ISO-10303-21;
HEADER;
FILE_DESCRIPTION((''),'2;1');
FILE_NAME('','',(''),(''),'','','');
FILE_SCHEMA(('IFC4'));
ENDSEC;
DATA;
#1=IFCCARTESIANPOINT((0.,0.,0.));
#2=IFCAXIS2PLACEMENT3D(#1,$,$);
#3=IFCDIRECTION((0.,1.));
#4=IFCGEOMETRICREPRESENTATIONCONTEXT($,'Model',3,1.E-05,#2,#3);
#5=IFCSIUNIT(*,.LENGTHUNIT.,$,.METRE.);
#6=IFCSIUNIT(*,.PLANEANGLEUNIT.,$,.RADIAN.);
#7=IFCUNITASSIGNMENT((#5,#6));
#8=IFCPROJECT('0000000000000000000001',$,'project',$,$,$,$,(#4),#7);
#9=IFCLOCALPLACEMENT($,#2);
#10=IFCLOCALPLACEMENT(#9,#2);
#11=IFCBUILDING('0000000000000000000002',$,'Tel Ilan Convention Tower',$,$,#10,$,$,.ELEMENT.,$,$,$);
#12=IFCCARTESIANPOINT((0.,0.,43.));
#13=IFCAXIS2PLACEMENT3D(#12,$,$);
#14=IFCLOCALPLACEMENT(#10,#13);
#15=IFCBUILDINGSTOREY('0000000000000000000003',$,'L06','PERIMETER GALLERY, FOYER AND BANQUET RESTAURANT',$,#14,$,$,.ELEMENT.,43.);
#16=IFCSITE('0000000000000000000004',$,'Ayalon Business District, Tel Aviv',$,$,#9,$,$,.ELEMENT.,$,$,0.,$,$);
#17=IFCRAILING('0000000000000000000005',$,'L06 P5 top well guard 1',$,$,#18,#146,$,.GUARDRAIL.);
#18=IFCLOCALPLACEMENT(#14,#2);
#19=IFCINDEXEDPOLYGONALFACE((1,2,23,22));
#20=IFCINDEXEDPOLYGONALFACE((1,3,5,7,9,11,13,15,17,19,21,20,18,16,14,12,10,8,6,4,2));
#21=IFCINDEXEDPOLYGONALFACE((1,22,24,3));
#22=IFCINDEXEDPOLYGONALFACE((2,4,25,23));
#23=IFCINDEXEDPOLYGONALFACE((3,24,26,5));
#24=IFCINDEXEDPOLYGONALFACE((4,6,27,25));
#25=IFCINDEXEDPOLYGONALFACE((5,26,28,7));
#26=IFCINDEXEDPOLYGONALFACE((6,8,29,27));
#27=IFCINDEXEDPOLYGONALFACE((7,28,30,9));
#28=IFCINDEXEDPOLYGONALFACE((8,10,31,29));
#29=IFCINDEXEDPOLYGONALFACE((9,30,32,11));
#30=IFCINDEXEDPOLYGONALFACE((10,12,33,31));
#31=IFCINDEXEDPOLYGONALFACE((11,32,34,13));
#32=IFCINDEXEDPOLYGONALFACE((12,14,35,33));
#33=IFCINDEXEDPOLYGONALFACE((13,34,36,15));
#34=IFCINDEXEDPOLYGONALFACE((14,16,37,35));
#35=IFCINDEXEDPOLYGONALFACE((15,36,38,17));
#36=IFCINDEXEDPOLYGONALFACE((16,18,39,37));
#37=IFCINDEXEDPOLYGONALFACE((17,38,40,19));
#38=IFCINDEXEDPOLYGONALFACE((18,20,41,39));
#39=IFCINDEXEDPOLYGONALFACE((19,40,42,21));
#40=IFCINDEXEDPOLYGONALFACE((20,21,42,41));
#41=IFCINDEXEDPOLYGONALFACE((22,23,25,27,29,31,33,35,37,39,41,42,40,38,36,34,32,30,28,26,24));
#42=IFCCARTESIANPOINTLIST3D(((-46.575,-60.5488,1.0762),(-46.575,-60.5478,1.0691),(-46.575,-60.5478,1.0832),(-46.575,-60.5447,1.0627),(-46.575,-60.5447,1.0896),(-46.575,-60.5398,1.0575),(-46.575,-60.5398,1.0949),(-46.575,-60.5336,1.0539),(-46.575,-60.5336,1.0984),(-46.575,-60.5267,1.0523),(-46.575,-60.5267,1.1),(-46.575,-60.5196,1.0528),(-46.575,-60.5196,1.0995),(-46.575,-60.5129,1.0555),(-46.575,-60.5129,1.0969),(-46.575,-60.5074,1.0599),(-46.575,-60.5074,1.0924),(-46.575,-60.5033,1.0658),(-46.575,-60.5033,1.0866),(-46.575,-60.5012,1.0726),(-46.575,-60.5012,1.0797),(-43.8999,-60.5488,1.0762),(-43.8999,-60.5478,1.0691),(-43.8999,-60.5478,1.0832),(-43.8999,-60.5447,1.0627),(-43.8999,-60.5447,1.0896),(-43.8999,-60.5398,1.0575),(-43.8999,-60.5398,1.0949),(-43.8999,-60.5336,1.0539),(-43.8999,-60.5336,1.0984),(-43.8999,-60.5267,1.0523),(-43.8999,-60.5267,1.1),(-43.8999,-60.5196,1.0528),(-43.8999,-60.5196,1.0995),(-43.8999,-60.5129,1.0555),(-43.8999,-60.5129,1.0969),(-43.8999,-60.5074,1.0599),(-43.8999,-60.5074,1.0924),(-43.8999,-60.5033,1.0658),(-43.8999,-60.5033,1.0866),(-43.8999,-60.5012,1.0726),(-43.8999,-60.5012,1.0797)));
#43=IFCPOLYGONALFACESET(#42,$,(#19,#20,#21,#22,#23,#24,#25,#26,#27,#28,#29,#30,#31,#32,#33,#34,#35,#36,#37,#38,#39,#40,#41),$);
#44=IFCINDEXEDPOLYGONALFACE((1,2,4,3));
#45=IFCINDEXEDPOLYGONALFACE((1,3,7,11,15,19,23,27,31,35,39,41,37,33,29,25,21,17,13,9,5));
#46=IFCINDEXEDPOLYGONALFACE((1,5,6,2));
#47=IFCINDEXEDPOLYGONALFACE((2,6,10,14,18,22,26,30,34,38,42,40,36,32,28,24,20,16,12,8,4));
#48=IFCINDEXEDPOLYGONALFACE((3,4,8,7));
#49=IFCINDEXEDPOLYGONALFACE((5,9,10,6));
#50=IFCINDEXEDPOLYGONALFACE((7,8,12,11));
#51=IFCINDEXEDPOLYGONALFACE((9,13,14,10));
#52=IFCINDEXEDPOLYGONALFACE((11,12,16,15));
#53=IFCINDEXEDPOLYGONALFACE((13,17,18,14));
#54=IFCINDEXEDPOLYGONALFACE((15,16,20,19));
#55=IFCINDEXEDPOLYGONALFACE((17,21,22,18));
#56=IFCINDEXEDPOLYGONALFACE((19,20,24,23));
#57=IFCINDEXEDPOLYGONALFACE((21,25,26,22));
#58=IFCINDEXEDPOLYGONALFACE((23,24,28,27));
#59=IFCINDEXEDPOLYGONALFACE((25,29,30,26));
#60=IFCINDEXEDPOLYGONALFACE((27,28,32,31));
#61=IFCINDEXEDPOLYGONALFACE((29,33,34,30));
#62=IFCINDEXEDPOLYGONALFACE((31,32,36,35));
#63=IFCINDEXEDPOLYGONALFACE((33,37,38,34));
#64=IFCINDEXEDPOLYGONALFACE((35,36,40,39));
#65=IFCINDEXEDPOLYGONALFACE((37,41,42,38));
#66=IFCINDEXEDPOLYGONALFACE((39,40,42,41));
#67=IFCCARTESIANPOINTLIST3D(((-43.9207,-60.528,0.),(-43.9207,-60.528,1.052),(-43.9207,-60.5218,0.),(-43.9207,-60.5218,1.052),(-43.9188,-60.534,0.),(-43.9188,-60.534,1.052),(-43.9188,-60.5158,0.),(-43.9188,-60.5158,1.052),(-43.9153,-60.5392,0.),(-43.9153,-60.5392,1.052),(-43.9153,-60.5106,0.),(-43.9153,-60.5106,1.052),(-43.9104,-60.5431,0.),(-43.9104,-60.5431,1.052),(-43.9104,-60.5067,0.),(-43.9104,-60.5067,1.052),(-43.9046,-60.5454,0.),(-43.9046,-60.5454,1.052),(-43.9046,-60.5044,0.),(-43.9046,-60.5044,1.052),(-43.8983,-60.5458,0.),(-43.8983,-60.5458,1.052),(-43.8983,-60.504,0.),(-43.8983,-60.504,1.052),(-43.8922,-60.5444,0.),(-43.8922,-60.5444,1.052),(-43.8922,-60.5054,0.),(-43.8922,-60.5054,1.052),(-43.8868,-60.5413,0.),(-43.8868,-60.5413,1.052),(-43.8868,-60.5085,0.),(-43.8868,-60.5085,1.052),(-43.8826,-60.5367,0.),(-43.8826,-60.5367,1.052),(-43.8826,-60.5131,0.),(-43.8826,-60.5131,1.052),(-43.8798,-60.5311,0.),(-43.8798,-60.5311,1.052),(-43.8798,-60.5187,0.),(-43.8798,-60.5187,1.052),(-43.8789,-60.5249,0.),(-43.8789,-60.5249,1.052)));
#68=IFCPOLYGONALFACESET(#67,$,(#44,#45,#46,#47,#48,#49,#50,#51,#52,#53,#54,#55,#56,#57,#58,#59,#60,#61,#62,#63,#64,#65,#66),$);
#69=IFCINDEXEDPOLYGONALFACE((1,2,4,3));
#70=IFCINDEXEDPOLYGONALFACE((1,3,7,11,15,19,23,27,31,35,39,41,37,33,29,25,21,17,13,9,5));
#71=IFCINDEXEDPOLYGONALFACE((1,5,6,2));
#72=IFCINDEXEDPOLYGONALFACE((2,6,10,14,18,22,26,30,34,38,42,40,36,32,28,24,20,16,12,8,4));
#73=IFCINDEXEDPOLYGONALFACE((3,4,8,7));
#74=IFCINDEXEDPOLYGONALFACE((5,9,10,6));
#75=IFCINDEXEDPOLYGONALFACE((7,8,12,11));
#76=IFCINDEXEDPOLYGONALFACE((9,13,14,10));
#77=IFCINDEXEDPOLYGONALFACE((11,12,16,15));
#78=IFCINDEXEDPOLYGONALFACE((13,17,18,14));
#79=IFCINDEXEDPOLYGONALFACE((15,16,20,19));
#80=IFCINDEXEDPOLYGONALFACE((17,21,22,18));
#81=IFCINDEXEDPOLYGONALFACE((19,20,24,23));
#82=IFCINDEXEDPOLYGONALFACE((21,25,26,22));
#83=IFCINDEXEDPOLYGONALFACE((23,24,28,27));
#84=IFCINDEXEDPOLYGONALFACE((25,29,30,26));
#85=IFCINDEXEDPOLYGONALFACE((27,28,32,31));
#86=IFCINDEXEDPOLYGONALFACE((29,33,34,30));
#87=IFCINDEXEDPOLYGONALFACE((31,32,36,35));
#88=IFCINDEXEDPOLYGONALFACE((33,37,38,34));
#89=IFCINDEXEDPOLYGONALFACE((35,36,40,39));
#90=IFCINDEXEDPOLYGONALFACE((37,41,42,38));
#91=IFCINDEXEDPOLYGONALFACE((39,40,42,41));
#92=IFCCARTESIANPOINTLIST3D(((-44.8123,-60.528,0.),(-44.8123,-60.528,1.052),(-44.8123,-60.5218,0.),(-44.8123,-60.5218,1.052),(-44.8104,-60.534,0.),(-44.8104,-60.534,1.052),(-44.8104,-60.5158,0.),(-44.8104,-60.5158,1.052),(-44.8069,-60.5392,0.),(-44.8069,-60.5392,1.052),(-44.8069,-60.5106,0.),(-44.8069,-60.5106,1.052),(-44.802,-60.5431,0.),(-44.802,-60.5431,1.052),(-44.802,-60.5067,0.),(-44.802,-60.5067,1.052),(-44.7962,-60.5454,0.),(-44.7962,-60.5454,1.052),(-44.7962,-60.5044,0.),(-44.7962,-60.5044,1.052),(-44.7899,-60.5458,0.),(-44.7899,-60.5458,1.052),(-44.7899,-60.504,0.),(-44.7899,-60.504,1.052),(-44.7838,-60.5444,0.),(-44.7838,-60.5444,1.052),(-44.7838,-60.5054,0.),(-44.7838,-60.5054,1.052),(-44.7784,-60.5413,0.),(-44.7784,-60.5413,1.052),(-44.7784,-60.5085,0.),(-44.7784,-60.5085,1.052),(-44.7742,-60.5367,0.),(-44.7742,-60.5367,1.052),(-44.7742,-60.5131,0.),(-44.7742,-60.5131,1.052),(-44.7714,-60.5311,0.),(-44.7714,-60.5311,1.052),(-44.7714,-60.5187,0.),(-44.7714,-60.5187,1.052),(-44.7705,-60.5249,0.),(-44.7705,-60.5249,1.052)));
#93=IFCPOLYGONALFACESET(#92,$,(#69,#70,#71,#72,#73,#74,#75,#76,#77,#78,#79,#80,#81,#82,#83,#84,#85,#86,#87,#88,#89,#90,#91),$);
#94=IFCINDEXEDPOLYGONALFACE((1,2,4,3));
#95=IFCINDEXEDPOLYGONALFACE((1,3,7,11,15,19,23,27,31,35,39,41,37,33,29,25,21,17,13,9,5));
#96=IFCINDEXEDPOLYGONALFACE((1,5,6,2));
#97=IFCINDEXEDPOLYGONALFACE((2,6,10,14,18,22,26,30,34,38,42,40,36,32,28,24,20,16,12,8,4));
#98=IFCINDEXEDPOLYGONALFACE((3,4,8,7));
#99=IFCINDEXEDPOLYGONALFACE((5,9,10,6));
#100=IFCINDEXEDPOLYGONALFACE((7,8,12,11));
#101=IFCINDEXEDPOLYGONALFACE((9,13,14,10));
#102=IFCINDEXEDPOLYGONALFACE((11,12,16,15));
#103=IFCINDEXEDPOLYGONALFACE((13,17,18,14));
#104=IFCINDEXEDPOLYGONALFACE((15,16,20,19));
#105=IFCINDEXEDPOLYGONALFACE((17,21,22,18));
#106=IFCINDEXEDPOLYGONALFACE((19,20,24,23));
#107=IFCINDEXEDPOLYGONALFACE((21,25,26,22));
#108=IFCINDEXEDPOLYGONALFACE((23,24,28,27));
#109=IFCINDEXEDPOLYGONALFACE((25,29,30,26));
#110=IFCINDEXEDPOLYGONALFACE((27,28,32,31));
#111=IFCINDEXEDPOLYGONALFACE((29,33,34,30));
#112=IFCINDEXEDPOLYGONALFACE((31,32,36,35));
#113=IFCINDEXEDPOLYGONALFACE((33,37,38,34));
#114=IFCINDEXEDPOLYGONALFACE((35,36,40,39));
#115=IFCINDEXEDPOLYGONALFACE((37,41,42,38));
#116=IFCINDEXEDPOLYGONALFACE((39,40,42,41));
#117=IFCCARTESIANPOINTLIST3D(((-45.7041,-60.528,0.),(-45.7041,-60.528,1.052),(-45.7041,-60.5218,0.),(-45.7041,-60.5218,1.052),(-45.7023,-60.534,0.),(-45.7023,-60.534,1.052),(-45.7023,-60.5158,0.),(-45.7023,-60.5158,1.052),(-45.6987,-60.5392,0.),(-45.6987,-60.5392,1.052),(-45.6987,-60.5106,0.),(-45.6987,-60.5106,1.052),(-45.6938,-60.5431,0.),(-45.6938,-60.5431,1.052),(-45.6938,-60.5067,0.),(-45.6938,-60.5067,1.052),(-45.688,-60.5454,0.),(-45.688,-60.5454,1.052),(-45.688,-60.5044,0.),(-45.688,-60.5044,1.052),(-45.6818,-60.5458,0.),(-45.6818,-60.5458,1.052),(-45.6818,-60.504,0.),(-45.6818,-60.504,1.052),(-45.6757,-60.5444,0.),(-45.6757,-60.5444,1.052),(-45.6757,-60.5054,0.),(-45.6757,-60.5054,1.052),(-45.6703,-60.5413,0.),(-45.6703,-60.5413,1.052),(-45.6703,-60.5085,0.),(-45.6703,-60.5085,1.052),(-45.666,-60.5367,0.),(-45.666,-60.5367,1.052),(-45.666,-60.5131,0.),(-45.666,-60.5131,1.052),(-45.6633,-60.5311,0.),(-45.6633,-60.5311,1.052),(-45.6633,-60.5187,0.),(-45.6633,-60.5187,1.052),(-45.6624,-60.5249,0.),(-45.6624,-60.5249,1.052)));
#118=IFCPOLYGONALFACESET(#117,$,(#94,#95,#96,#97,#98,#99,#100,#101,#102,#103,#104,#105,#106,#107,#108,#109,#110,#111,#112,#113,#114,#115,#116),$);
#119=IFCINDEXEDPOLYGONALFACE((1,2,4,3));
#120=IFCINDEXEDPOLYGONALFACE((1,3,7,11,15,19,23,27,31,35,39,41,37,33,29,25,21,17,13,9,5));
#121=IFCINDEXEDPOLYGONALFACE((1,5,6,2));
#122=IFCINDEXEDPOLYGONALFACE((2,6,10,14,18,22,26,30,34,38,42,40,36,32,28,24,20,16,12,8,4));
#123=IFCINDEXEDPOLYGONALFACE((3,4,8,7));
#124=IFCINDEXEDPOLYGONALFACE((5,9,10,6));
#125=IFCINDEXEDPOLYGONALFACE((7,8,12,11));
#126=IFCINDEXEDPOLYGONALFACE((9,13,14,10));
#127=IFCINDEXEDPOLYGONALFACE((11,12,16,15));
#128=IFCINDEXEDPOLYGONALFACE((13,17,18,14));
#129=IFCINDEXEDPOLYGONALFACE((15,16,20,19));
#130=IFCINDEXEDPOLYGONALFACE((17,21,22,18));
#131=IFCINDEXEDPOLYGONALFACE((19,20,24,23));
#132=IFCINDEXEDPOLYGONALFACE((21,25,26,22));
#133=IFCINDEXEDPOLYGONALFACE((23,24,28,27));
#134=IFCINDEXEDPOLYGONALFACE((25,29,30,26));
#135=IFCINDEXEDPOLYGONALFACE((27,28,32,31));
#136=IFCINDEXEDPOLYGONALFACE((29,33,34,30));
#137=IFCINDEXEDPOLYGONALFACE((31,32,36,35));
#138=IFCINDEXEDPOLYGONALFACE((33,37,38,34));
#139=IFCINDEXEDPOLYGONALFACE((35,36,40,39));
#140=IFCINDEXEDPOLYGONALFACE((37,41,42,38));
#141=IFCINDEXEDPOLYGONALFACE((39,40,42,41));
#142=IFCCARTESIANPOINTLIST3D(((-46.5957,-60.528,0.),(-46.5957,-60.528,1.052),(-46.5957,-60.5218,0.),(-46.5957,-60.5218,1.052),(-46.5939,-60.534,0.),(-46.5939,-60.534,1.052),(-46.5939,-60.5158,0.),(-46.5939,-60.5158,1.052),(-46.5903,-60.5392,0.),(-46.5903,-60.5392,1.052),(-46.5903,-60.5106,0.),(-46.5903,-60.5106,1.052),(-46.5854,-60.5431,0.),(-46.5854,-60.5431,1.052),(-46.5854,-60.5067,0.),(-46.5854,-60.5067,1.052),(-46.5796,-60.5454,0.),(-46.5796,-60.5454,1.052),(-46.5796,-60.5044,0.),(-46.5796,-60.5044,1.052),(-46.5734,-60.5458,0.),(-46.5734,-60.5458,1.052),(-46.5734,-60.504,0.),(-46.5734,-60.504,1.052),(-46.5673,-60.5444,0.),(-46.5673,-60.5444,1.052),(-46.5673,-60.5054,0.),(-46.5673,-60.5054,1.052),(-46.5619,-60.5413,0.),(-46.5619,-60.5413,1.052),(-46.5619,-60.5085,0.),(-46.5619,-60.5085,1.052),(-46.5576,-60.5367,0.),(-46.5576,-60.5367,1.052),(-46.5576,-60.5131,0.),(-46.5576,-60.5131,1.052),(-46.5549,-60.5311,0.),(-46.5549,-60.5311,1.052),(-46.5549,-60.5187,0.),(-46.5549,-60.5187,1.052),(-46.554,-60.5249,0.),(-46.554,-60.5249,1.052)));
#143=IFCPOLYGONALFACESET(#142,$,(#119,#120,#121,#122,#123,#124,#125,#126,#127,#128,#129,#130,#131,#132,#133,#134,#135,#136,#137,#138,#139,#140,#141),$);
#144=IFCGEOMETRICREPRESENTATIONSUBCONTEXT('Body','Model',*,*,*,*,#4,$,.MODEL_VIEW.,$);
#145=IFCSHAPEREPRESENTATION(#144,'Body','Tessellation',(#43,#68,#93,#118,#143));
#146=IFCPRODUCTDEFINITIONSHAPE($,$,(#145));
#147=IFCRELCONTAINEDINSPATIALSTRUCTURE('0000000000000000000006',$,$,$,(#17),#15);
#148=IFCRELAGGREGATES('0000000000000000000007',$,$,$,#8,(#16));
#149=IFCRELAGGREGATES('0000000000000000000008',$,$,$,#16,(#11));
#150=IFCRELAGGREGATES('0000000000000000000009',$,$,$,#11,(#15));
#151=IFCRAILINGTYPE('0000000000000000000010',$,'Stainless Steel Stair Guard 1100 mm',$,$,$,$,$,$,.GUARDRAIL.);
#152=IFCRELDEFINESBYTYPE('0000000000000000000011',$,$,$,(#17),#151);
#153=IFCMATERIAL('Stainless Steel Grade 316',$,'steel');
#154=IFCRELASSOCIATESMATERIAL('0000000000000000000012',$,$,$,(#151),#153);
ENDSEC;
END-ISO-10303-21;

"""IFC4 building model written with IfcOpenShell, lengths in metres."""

from ifc_helpers import new_model, si_unit, direction, frame, origin, origin_2d, place, context, subcontext, project, spatial, circle, extrude, material, type_object, element, save


model = new_model("IFC4")

# Units and contexts
model_context = context("Model", 3, precision=1e-05, world=origin(), true_north=direction((0.0, 1.0)))
body_context = subcontext(model_context, "Body", "Model", "MODEL_VIEW")
ifc_project = project(units=[si_unit("LENGTHUNIT", "METRE"), si_unit("PLANEANGLEUNIT", "RADIAN")], contexts=[model_context])

# Site, building, storey
site_placement = place(None, origin())
site = spatial("IfcSite", under=ifc_project, at=site_placement, Name="Ayalon Business District, Tel Aviv", CompositionType="ELEMENT", RefElevation=0.0)
building_placement = place(site_placement, origin())
building = spatial("IfcBuilding", under=site, at=building_placement, Name="Tel Ilan Convention Tower", CompositionType="ELEMENT")
storey_placement = place(building_placement, frame((0.0, 0.0, 43.0)))
storey = spatial("IfcBuildingStorey", under=building, at=storey_placement, Name="L06", Description="PERIMETER GALLERY, FOYER AND BANQUET RESTAURANT", CompositionType="ELEMENT", Elevation=43.0)

# Railing
ifc_material_1 = material(Name="Stainless Steel Grade 316", Category="steel")
railing_type = type_object("IfcRailingType", Name="Stainless Steel Stair Guard 1100 mm", PredefinedType="GUARDRAIL", material=ifc_material_1)
railing_placement = place(storey_placement, frame((-43.8999, -60.5249, 0.0)))
element("IfcRailing", 1, at=railing_placement, inside=storey, type_object=railing_type, Name="L06 P5 top well guard 1", PredefinedType="GUARDRAIL", context=body_context, shape_type="SweptSolid", body=[
    extrude(circle(Radius=0.0239, at=origin_2d()), frame((0.0, 0.0, 1.0762), z_axis=(-1.0, 0.0, 0.0), x_axis=(0.0, -1.0, 0.0)), (0.0, 0.0, 1.0), 2.675),
    extrude(circle(Radius=0.021, at=origin_2d()), origin(), (0.0, 0.0, 1.0), 1.052),
    extrude(circle(Radius=0.021, at=origin_2d()), frame((-0.8916, 0.0, 0.0)), (0.0, 0.0, 1.0), 1.052),
    extrude(circle(Radius=0.021, at=origin_2d()), frame((-1.7834, 0.0, 0.0)), (0.0, 0.0, 1.0), 1.052),
    extrude(circle(Radius=0.021, at=origin_2d()), frame((-2.675, 0.0, 0.0)), (0.0, 0.0, 1.0), 1.052),
])

save(model, "model.ifc")
